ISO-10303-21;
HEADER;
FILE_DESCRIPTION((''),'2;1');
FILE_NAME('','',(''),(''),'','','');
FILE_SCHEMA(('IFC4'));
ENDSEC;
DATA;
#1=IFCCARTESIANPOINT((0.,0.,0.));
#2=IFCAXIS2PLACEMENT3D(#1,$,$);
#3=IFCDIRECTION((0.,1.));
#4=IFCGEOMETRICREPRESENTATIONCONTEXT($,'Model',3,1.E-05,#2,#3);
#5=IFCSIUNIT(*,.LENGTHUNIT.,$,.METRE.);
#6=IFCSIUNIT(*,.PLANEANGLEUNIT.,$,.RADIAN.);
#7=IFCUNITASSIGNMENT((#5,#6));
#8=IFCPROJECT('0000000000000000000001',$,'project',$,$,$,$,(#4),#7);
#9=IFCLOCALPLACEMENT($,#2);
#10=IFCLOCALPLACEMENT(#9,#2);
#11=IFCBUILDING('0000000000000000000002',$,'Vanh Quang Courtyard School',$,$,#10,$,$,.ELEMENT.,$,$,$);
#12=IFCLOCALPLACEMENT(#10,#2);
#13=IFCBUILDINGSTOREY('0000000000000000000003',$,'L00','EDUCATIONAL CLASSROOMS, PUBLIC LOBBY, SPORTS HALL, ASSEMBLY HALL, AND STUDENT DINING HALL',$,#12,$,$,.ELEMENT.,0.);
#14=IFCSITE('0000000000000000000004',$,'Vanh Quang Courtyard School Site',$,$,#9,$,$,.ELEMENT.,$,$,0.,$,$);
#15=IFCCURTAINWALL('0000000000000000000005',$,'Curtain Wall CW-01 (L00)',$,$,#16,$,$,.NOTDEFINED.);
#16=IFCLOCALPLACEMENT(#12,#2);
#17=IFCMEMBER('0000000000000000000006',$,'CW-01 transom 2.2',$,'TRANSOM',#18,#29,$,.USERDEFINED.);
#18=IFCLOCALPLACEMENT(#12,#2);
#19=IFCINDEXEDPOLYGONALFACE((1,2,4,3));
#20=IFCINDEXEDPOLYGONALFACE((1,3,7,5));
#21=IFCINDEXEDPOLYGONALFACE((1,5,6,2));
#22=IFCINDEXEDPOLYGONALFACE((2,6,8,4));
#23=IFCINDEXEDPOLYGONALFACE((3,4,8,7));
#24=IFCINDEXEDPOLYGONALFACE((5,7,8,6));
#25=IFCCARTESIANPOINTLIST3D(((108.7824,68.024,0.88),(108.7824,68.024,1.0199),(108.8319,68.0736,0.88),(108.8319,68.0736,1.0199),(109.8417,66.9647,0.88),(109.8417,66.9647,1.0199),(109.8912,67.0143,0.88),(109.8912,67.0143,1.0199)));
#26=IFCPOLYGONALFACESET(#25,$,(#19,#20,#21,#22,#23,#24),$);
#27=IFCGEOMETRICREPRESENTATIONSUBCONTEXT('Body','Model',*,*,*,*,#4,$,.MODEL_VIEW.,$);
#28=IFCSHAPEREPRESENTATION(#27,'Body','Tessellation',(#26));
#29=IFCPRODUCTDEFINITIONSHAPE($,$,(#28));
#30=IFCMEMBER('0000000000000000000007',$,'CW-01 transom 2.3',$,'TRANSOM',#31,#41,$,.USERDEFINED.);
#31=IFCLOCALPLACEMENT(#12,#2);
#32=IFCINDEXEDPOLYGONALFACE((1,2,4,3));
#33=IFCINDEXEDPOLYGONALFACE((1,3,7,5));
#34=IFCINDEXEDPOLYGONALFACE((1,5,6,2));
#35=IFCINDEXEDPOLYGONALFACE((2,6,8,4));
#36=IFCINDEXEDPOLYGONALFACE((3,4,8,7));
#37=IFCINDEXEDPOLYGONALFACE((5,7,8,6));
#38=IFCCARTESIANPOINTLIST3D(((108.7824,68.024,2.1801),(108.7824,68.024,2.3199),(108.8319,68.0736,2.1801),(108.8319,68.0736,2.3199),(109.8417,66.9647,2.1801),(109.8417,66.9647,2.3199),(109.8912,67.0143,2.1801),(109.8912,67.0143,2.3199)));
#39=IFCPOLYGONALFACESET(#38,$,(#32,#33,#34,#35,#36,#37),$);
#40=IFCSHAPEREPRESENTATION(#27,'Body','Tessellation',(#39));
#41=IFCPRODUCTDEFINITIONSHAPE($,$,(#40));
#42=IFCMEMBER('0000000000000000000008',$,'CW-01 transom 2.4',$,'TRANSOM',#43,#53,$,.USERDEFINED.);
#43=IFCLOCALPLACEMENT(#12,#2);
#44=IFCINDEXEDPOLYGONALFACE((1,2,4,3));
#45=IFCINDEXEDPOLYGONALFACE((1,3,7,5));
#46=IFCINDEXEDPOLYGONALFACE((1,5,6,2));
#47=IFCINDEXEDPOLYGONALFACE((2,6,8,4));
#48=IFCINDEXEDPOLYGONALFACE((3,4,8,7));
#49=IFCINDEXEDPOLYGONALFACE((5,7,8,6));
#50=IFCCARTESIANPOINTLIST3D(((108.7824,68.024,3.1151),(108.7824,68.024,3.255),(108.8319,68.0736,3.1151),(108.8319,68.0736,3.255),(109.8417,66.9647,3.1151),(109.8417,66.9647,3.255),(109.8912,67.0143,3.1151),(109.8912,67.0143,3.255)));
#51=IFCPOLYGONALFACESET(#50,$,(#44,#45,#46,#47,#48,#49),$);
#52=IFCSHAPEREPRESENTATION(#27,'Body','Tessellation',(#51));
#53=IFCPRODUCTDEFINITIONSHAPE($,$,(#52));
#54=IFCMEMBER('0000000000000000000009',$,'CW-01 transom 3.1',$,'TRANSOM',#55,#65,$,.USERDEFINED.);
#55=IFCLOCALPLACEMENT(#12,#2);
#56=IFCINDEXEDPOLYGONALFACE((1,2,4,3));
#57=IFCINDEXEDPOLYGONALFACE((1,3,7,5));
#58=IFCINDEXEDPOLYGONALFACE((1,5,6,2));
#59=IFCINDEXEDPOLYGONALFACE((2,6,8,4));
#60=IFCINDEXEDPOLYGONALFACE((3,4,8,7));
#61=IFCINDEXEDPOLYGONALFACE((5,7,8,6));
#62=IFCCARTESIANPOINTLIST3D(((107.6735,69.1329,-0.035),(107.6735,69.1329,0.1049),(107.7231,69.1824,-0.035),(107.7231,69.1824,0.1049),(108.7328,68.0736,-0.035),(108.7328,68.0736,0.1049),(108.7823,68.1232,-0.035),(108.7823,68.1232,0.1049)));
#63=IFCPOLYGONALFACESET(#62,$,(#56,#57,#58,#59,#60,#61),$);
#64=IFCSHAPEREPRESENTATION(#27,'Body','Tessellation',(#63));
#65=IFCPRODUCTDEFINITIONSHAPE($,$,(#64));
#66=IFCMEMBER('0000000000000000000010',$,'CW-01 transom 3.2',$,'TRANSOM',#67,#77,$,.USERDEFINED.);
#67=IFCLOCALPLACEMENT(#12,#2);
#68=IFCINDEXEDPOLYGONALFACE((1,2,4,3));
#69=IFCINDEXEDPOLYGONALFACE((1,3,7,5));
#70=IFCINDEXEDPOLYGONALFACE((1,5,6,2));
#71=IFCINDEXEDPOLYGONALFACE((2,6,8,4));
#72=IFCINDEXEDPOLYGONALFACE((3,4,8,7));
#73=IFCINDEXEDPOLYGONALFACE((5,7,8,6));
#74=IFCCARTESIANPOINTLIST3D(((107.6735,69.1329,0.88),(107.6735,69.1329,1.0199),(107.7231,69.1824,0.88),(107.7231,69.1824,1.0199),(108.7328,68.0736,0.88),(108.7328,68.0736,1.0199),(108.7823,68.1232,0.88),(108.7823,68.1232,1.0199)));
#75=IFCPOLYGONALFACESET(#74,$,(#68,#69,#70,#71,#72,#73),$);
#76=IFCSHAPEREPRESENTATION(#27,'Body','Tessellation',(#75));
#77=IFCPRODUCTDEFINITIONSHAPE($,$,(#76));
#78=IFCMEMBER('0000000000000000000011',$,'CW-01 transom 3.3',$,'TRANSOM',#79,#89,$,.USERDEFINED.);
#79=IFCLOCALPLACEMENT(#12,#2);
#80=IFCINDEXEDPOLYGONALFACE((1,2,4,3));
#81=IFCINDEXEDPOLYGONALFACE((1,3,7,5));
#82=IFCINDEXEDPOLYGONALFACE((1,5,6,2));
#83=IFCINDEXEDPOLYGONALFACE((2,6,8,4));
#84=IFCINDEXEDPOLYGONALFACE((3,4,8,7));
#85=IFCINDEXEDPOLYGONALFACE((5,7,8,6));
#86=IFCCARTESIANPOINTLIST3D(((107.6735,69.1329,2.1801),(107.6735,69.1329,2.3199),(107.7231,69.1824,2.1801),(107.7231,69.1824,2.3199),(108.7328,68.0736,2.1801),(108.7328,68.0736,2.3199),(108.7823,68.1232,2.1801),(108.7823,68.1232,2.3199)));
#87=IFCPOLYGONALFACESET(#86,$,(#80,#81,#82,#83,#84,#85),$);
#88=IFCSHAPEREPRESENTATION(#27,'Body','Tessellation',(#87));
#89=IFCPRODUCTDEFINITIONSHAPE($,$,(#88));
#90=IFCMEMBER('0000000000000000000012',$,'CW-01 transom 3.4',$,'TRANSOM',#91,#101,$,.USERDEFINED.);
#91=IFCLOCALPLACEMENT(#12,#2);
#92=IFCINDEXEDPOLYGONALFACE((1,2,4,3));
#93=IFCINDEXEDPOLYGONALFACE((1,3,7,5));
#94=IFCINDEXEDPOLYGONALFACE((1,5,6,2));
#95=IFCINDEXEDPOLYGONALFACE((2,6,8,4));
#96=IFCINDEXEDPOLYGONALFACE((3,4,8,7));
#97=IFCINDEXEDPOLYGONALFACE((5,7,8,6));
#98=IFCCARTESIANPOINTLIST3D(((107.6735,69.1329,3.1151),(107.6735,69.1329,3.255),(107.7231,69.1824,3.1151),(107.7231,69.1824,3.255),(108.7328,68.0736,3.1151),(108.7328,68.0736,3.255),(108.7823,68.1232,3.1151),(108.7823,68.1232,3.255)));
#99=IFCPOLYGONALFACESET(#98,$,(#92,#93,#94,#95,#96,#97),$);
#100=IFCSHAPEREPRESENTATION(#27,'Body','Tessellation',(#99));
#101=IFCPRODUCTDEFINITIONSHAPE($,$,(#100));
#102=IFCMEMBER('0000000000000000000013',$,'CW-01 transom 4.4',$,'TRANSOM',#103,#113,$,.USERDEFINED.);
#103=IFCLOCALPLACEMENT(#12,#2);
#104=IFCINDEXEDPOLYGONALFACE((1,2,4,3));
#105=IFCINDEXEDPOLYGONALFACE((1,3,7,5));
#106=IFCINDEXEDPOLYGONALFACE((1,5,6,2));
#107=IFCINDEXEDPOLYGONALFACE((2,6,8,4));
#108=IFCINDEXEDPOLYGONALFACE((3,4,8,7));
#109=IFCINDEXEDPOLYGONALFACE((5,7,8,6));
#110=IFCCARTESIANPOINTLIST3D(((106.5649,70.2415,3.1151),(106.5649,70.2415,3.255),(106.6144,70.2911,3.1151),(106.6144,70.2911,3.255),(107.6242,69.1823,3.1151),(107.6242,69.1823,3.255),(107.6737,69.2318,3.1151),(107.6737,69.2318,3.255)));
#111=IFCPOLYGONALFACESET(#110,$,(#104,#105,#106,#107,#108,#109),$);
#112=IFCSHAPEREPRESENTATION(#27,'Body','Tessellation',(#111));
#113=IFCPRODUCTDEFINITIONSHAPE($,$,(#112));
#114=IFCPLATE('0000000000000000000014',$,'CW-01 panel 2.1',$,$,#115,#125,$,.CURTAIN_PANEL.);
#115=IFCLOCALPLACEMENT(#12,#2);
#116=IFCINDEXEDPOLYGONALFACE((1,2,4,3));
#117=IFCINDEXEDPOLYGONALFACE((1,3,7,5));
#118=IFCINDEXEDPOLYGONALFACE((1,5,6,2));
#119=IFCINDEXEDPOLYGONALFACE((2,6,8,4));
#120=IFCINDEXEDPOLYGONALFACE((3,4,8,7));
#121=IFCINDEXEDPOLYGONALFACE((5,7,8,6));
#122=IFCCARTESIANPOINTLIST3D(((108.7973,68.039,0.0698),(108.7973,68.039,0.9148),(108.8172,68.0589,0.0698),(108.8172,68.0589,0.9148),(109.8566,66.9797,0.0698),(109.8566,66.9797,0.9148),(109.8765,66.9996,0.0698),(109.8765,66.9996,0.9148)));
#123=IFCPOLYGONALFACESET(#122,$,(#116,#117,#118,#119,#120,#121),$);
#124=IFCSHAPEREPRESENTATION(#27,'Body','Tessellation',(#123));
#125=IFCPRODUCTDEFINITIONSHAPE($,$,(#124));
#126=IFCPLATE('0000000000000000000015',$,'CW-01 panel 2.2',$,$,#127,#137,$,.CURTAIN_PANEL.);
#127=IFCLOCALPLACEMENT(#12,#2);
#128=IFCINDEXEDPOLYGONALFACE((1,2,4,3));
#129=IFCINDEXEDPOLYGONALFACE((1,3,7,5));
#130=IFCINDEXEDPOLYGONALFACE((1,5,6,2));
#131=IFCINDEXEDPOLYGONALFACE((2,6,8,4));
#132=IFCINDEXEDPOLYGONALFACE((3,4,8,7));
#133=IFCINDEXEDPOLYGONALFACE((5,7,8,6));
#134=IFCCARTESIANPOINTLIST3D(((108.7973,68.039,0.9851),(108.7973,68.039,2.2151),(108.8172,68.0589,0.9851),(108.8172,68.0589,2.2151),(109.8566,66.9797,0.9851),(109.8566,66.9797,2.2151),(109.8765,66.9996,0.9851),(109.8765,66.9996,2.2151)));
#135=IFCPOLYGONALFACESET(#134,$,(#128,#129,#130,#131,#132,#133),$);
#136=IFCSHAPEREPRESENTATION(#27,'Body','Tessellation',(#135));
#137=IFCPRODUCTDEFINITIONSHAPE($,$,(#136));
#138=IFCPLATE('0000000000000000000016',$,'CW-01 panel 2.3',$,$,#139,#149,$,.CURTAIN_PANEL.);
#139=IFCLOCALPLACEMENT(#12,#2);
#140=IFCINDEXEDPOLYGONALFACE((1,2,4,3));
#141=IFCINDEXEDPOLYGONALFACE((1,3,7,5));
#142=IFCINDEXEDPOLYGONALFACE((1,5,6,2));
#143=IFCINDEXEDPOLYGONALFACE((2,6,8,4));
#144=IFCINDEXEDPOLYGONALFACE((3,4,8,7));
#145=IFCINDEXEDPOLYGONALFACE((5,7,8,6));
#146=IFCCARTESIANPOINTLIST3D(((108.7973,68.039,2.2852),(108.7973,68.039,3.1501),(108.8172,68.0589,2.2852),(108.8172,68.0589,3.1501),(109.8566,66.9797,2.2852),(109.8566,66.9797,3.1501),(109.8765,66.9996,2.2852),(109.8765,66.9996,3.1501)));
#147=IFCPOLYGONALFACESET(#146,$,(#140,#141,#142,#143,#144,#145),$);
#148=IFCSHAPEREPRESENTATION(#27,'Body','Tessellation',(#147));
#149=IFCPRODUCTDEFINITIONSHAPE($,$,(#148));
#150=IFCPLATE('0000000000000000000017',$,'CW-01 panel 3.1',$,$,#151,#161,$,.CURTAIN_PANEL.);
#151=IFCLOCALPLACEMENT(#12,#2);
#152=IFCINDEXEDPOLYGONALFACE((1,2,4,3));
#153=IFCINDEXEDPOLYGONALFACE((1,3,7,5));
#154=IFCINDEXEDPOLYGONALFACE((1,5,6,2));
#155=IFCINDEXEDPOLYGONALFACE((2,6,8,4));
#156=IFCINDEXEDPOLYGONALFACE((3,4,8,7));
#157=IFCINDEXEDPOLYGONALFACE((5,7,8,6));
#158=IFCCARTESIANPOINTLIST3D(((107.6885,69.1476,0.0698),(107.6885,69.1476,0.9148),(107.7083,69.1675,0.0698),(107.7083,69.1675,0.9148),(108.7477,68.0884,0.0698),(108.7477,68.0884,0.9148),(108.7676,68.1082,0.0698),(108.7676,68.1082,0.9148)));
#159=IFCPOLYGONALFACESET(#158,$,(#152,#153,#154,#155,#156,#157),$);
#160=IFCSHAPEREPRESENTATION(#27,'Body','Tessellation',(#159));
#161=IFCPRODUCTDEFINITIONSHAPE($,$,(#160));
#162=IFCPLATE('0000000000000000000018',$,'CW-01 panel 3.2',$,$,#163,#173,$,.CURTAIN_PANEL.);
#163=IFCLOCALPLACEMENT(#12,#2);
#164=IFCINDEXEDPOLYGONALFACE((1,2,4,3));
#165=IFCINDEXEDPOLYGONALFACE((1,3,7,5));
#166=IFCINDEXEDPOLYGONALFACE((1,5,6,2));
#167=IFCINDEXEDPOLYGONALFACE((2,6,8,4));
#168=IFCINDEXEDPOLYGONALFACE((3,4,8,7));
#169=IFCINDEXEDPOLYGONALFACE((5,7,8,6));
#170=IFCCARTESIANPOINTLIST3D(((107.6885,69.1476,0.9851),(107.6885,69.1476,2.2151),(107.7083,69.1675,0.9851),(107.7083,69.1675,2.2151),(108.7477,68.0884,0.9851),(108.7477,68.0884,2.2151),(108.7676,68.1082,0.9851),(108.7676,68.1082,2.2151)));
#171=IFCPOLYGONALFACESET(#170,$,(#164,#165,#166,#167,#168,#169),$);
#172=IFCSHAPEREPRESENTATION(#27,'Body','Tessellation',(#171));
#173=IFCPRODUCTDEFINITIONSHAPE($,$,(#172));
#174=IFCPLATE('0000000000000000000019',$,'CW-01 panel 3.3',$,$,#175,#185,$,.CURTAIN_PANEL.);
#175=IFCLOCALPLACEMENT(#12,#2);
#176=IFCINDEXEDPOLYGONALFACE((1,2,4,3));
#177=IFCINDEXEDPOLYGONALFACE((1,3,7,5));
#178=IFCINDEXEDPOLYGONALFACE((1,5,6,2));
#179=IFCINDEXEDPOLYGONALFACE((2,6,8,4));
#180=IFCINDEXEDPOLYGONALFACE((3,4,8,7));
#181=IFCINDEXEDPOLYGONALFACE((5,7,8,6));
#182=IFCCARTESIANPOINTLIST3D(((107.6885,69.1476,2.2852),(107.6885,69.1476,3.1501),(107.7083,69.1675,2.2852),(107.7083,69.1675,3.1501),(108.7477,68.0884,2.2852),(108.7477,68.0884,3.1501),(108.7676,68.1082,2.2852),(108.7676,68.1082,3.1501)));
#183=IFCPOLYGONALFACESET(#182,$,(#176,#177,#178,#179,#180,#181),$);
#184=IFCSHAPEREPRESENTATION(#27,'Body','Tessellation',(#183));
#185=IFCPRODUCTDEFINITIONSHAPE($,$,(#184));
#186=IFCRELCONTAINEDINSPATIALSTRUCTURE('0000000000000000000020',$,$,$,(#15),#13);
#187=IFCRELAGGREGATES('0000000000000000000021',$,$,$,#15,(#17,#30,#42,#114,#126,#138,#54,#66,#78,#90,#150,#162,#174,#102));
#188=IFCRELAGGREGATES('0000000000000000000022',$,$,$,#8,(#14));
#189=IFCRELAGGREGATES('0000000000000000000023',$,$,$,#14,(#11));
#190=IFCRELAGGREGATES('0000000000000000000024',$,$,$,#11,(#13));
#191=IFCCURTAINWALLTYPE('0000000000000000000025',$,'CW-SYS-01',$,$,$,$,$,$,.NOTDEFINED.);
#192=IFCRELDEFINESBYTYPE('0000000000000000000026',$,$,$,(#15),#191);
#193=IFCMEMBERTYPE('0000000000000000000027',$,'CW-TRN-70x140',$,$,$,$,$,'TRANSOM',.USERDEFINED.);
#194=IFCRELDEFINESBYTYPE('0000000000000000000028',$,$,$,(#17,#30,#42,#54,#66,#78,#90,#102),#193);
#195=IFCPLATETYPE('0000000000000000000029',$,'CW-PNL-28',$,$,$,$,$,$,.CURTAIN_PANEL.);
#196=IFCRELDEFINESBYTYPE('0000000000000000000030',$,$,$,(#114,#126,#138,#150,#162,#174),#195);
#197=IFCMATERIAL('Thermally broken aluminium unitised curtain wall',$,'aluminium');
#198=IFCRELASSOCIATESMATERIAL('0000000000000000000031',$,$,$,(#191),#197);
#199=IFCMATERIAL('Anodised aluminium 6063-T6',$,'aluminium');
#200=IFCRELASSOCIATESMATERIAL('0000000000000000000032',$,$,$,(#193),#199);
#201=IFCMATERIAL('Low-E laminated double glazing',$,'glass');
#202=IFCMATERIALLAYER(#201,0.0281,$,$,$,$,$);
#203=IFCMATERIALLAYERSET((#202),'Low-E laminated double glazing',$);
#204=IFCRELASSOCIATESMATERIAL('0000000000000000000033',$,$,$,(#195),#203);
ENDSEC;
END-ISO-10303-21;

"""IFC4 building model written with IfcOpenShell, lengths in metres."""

from ifc_helpers import new_model, si_unit, direction, frame, origin, origin_2d, place, context, subcontext, project, spatial, rectangle, extrude, material, layer, layer_set, material_profile, profile_set, type_object, element, aggregate, save


model = new_model("IFC4")

# Units and contexts
model_context = context("Model", 3, precision=1e-05, world=origin(), true_north=direction((0.0, 1.0)))
body_context = subcontext(model_context, "Body", "Model", "MODEL_VIEW")
ifc_project = project(units=[si_unit("LENGTHUNIT", "METRE"), si_unit("PLANEANGLEUNIT", "RADIAN")], contexts=[model_context])

# Site, building, storey
site_placement = place(None, origin())
site = spatial("IfcSite", under=ifc_project, at=site_placement, Name="Vanh Quang Courtyard School Site", CompositionType="ELEMENT", RefElevation=0.0)
building_placement = place(site_placement, origin())
building = spatial("IfcBuilding", under=site, at=building_placement, Name="Vanh Quang Courtyard School", CompositionType="ELEMENT")
storey_placement = place(building_placement, origin())
storey = spatial("IfcBuildingStorey", under=building, at=storey_placement, Name="L00", Description="EDUCATIONAL CLASSROOMS, PUBLIC LOBBY, SPORTS HALL, ASSEMBLY HALL, AND STUDENT DINING HALL", CompositionType="ELEMENT", Elevation=0.0)

# Curtain wall, members, plates
ifc_material_1 = material(Name="Thermally broken aluminium unitised curtain wall", Category="aluminium")
curtain_wall_type = type_object("IfcCurtainWallType", Name="CW-SYS-01", PredefinedType="NOTDEFINED", material=ifc_material_1)
curtain_wall_placement = place(storey_placement, origin())
curtain_wall = element("IfcCurtainWall", 1, at=curtain_wall_placement, inside=storey, type_object=curtain_wall_type, Name="Curtain Wall CW-01 (L00)", PredefinedType="NOTDEFINED")
ifc_material_2 = material(Name="Anodised aluminium 6063-T6", Category="aluminium")
ifc_material_profile_1 = material_profile(ifc_material_2, rectangle(XDim=0.0701, YDim=0.1399, at=origin_2d()), Name="ALU-TRN 70x140")
ifc_profile_set_1 = profile_set([ifc_material_profile_1], Name="Anodised aluminium 6063-T6")
member_type_1 = type_object("IfcMemberType", Name="CW-TRN-70x140", ElementType="TRANSOM", PredefinedType="USERDEFINED", material=ifc_profile_set_1)
member_1_placement = place(storey_placement, frame((109.8665, 66.9895, 0.95), z_axis=(-0.707107, 0.707107, 0.0), x_axis=(-0.707107, -0.707107, 0.0)))
member_1 = element("IfcMember", 2, at=member_1_placement, type_object=member_type_1, Name="CW-01 transom 2.2", ObjectType="TRANSOM", PredefinedType="USERDEFINED", context=body_context, shape_type="SweptSolid", body=[
    extrude(rectangle(XDim=0.0701, YDim=0.1399, at=origin_2d()), origin(), (0.0, 0.0, 1.0), 1.498),
])
member_2_placement = place(storey_placement, frame((109.8665, 66.9895, 2.25), z_axis=(-0.707107, 0.707107, 0.0), x_axis=(-0.707107, -0.707107, 0.0)))
member_2 = element("IfcMember", 3, at=member_2_placement, type_object=member_type_1, Name="CW-01 transom 2.3", ObjectType="TRANSOM", PredefinedType="USERDEFINED", context=body_context, shape_type="SweptSolid", body=[
    extrude(rectangle(XDim=0.0701, YDim=0.1399, at=origin_2d()), origin(), (0.0, 0.0, 1.0), 1.498),
])
member_3_placement = place(storey_placement, frame((109.8665, 66.9895, 3.1851), z_axis=(-0.707107, 0.707107, 0.0), x_axis=(-0.707107, -0.707107, 0.0)))
member_3 = element("IfcMember", 4, at=member_3_placement, type_object=member_type_1, Name="CW-01 transom 2.4", ObjectType="TRANSOM", PredefinedType="USERDEFINED", context=body_context, shape_type="SweptSolid", body=[
    extrude(rectangle(XDim=0.0701, YDim=0.1399, at=origin_2d()), origin(), (0.0, 0.0, 1.0), 1.498),
])
member_4_placement = place(storey_placement, frame((108.7576, 68.0984, 0.0349), z_axis=(-0.707107, 0.707107, 0.0), x_axis=(-0.707107, -0.707107, 0.0)))
member_4 = element("IfcMember", 5, at=member_4_placement, type_object=member_type_1, Name="CW-01 transom 3.1", ObjectType="TRANSOM", PredefinedType="USERDEFINED", context=body_context, shape_type="SweptSolid", body=[
    extrude(rectangle(XDim=0.0701, YDim=0.1399, at=origin_2d()), origin(), (0.0, 0.0, 1.0), 1.498),
])
member_5_placement = place(storey_placement, frame((108.7576, 68.0984, 0.95), z_axis=(-0.707107, 0.707107, 0.0), x_axis=(-0.707107, -0.707107, 0.0)))
member_5 = element("IfcMember", 6, at=member_5_placement, type_object=member_type_1, Name="CW-01 transom 3.2", ObjectType="TRANSOM", PredefinedType="USERDEFINED", context=body_context, shape_type="SweptSolid", body=[
    extrude(rectangle(XDim=0.0701, YDim=0.1399, at=origin_2d()), origin(), (0.0, 0.0, 1.0), 1.498),
])
member_6_placement = place(storey_placement, frame((108.7576, 68.0984, 2.25), z_axis=(-0.707107, 0.707107, 0.0), x_axis=(-0.707107, -0.707107, 0.0)))
member_6 = element("IfcMember", 7, at=member_6_placement, type_object=member_type_1, Name="CW-01 transom 3.3", ObjectType="TRANSOM", PredefinedType="USERDEFINED", context=body_context, shape_type="SweptSolid", body=[
    extrude(rectangle(XDim=0.0701, YDim=0.1399, at=origin_2d()), origin(), (0.0, 0.0, 1.0), 1.498),
])
member_7_placement = place(storey_placement, frame((108.7576, 68.0984, 3.1851), z_axis=(-0.707107, 0.707107, 0.0), x_axis=(-0.707107, -0.707107, 0.0)))
member_7 = element("IfcMember", 8, at=member_7_placement, type_object=member_type_1, Name="CW-01 transom 3.4", ObjectType="TRANSOM", PredefinedType="USERDEFINED", context=body_context, shape_type="SweptSolid", body=[
    extrude(rectangle(XDim=0.0701, YDim=0.1399, at=origin_2d()), origin(), (0.0, 0.0, 1.0), 1.498),
])
member_8_placement = place(storey_placement, frame((107.6489, 69.207, 3.1851), z_axis=(-0.707107, 0.707107, 0.0), x_axis=(-0.707107, -0.707107, 0.0)))
member_8 = element("IfcMember", 9, at=member_8_placement, type_object=member_type_1, Name="CW-01 transom 4.4", ObjectType="TRANSOM", PredefinedType="USERDEFINED", context=body_context, shape_type="SweptSolid", body=[
    extrude(rectangle(XDim=0.0701, YDim=0.1399, at=origin_2d()), origin(), (0.0, 0.0, 1.0), 1.498),
])
ifc_material_3 = material(Name="Low-E laminated double glazing", Category="glass")
ifc_layer_1 = layer(ifc_material_3, 0.0281)
ifc_layer_set_1 = layer_set([ifc_layer_1], Name="Low-E laminated double glazing")
plate_type = type_object("IfcPlateType", Name="CW-PNL-28", PredefinedType="CURTAIN_PANEL", material=ifc_layer_set_1)
plate_1_placement = place(storey_placement, frame((109.3369, 67.5193, 0.0698), z_axis=(0.0, 0.0, 1.0), x_axis=(-0.707107, 0.707107, 0.0)))
plate_1 = element("IfcPlate", 10, at=plate_1_placement, type_object=plate_type, Name="CW-01 panel 2.1", PredefinedType="CURTAIN_PANEL", context=body_context, shape_type="SweptSolid", body=[
    extrude(rectangle(XDim=1.498, YDim=0.0281, at=origin_2d()), origin(), (0.0, 0.0, 1.0), 0.845),
])
plate_2_placement = place(storey_placement, frame((109.3369, 67.5193, 0.9851), z_axis=(0.0, 0.0, 1.0), x_axis=(-0.707107, 0.707107, 0.0)))
plate_2 = element("IfcPlate", 11, at=plate_2_placement, type_object=plate_type, Name="CW-01 panel 2.2", PredefinedType="CURTAIN_PANEL", context=body_context, shape_type="SweptSolid", body=[
    extrude(rectangle(XDim=1.498, YDim=0.0281, at=origin_2d()), origin(), (0.0, 0.0, 1.0), 1.23),
])
plate_3_placement = place(storey_placement, frame((109.3369, 67.5193, 2.2852), z_axis=(0.0, 0.0, 1.0), x_axis=(-0.707107, 0.707107, 0.0)))
plate_3 = element("IfcPlate", 12, at=plate_3_placement, type_object=plate_type, Name="CW-01 panel 2.3", PredefinedType="CURTAIN_PANEL", context=body_context, shape_type="SweptSolid", body=[
    extrude(rectangle(XDim=1.498, YDim=0.0281, at=origin_2d()), origin(), (0.0, 0.0, 1.0), 0.865),
])
plate_4_placement = place(storey_placement, frame((108.228, 68.6279, 0.0698), z_axis=(0.0, 0.0, 1.0), x_axis=(-0.707107, 0.707107, 0.0)))
plate_4 = element("IfcPlate", 13, at=plate_4_placement, type_object=plate_type, Name="CW-01 panel 3.1", PredefinedType="CURTAIN_PANEL", context=body_context, shape_type="SweptSolid", body=[
    extrude(rectangle(XDim=1.498, YDim=0.0281, at=origin_2d()), origin(), (0.0, 0.0, 1.0), 0.845),
])
plate_5_placement = place(storey_placement, frame((108.228, 68.6279, 0.9851), z_axis=(0.0, 0.0, 1.0), x_axis=(-0.707107, 0.707107, 0.0)))
plate_5 = element("IfcPlate", 14, at=plate_5_placement, type_object=plate_type, Name="CW-01 panel 3.2", PredefinedType="CURTAIN_PANEL", context=body_context, shape_type="SweptSolid", body=[
    extrude(rectangle(XDim=1.498, YDim=0.0281, at=origin_2d()), origin(), (0.0, 0.0, 1.0), 1.23),
])
plate_6_placement = place(storey_placement, frame((108.228, 68.6279, 2.2852), z_axis=(0.0, 0.0, 1.0), x_axis=(-0.707107, 0.707107, 0.0)))
plate_6 = element("IfcPlate", 15, at=plate_6_placement, type_object=plate_type, Name="CW-01 panel 3.3", PredefinedType="CURTAIN_PANEL", context=body_context, shape_type="SweptSolid", body=[
    extrude(rectangle(XDim=1.498, YDim=0.0281, at=origin_2d()), origin(), (0.0, 0.0, 1.0), 0.865),
])
aggregate(curtain_wall, [member_1, member_2, member_3, plate_1, plate_2, plate_3, member_4, member_5, member_6, member_7, plate_4, plate_5, plate_6, member_8])

save(model, "model.ifc")
